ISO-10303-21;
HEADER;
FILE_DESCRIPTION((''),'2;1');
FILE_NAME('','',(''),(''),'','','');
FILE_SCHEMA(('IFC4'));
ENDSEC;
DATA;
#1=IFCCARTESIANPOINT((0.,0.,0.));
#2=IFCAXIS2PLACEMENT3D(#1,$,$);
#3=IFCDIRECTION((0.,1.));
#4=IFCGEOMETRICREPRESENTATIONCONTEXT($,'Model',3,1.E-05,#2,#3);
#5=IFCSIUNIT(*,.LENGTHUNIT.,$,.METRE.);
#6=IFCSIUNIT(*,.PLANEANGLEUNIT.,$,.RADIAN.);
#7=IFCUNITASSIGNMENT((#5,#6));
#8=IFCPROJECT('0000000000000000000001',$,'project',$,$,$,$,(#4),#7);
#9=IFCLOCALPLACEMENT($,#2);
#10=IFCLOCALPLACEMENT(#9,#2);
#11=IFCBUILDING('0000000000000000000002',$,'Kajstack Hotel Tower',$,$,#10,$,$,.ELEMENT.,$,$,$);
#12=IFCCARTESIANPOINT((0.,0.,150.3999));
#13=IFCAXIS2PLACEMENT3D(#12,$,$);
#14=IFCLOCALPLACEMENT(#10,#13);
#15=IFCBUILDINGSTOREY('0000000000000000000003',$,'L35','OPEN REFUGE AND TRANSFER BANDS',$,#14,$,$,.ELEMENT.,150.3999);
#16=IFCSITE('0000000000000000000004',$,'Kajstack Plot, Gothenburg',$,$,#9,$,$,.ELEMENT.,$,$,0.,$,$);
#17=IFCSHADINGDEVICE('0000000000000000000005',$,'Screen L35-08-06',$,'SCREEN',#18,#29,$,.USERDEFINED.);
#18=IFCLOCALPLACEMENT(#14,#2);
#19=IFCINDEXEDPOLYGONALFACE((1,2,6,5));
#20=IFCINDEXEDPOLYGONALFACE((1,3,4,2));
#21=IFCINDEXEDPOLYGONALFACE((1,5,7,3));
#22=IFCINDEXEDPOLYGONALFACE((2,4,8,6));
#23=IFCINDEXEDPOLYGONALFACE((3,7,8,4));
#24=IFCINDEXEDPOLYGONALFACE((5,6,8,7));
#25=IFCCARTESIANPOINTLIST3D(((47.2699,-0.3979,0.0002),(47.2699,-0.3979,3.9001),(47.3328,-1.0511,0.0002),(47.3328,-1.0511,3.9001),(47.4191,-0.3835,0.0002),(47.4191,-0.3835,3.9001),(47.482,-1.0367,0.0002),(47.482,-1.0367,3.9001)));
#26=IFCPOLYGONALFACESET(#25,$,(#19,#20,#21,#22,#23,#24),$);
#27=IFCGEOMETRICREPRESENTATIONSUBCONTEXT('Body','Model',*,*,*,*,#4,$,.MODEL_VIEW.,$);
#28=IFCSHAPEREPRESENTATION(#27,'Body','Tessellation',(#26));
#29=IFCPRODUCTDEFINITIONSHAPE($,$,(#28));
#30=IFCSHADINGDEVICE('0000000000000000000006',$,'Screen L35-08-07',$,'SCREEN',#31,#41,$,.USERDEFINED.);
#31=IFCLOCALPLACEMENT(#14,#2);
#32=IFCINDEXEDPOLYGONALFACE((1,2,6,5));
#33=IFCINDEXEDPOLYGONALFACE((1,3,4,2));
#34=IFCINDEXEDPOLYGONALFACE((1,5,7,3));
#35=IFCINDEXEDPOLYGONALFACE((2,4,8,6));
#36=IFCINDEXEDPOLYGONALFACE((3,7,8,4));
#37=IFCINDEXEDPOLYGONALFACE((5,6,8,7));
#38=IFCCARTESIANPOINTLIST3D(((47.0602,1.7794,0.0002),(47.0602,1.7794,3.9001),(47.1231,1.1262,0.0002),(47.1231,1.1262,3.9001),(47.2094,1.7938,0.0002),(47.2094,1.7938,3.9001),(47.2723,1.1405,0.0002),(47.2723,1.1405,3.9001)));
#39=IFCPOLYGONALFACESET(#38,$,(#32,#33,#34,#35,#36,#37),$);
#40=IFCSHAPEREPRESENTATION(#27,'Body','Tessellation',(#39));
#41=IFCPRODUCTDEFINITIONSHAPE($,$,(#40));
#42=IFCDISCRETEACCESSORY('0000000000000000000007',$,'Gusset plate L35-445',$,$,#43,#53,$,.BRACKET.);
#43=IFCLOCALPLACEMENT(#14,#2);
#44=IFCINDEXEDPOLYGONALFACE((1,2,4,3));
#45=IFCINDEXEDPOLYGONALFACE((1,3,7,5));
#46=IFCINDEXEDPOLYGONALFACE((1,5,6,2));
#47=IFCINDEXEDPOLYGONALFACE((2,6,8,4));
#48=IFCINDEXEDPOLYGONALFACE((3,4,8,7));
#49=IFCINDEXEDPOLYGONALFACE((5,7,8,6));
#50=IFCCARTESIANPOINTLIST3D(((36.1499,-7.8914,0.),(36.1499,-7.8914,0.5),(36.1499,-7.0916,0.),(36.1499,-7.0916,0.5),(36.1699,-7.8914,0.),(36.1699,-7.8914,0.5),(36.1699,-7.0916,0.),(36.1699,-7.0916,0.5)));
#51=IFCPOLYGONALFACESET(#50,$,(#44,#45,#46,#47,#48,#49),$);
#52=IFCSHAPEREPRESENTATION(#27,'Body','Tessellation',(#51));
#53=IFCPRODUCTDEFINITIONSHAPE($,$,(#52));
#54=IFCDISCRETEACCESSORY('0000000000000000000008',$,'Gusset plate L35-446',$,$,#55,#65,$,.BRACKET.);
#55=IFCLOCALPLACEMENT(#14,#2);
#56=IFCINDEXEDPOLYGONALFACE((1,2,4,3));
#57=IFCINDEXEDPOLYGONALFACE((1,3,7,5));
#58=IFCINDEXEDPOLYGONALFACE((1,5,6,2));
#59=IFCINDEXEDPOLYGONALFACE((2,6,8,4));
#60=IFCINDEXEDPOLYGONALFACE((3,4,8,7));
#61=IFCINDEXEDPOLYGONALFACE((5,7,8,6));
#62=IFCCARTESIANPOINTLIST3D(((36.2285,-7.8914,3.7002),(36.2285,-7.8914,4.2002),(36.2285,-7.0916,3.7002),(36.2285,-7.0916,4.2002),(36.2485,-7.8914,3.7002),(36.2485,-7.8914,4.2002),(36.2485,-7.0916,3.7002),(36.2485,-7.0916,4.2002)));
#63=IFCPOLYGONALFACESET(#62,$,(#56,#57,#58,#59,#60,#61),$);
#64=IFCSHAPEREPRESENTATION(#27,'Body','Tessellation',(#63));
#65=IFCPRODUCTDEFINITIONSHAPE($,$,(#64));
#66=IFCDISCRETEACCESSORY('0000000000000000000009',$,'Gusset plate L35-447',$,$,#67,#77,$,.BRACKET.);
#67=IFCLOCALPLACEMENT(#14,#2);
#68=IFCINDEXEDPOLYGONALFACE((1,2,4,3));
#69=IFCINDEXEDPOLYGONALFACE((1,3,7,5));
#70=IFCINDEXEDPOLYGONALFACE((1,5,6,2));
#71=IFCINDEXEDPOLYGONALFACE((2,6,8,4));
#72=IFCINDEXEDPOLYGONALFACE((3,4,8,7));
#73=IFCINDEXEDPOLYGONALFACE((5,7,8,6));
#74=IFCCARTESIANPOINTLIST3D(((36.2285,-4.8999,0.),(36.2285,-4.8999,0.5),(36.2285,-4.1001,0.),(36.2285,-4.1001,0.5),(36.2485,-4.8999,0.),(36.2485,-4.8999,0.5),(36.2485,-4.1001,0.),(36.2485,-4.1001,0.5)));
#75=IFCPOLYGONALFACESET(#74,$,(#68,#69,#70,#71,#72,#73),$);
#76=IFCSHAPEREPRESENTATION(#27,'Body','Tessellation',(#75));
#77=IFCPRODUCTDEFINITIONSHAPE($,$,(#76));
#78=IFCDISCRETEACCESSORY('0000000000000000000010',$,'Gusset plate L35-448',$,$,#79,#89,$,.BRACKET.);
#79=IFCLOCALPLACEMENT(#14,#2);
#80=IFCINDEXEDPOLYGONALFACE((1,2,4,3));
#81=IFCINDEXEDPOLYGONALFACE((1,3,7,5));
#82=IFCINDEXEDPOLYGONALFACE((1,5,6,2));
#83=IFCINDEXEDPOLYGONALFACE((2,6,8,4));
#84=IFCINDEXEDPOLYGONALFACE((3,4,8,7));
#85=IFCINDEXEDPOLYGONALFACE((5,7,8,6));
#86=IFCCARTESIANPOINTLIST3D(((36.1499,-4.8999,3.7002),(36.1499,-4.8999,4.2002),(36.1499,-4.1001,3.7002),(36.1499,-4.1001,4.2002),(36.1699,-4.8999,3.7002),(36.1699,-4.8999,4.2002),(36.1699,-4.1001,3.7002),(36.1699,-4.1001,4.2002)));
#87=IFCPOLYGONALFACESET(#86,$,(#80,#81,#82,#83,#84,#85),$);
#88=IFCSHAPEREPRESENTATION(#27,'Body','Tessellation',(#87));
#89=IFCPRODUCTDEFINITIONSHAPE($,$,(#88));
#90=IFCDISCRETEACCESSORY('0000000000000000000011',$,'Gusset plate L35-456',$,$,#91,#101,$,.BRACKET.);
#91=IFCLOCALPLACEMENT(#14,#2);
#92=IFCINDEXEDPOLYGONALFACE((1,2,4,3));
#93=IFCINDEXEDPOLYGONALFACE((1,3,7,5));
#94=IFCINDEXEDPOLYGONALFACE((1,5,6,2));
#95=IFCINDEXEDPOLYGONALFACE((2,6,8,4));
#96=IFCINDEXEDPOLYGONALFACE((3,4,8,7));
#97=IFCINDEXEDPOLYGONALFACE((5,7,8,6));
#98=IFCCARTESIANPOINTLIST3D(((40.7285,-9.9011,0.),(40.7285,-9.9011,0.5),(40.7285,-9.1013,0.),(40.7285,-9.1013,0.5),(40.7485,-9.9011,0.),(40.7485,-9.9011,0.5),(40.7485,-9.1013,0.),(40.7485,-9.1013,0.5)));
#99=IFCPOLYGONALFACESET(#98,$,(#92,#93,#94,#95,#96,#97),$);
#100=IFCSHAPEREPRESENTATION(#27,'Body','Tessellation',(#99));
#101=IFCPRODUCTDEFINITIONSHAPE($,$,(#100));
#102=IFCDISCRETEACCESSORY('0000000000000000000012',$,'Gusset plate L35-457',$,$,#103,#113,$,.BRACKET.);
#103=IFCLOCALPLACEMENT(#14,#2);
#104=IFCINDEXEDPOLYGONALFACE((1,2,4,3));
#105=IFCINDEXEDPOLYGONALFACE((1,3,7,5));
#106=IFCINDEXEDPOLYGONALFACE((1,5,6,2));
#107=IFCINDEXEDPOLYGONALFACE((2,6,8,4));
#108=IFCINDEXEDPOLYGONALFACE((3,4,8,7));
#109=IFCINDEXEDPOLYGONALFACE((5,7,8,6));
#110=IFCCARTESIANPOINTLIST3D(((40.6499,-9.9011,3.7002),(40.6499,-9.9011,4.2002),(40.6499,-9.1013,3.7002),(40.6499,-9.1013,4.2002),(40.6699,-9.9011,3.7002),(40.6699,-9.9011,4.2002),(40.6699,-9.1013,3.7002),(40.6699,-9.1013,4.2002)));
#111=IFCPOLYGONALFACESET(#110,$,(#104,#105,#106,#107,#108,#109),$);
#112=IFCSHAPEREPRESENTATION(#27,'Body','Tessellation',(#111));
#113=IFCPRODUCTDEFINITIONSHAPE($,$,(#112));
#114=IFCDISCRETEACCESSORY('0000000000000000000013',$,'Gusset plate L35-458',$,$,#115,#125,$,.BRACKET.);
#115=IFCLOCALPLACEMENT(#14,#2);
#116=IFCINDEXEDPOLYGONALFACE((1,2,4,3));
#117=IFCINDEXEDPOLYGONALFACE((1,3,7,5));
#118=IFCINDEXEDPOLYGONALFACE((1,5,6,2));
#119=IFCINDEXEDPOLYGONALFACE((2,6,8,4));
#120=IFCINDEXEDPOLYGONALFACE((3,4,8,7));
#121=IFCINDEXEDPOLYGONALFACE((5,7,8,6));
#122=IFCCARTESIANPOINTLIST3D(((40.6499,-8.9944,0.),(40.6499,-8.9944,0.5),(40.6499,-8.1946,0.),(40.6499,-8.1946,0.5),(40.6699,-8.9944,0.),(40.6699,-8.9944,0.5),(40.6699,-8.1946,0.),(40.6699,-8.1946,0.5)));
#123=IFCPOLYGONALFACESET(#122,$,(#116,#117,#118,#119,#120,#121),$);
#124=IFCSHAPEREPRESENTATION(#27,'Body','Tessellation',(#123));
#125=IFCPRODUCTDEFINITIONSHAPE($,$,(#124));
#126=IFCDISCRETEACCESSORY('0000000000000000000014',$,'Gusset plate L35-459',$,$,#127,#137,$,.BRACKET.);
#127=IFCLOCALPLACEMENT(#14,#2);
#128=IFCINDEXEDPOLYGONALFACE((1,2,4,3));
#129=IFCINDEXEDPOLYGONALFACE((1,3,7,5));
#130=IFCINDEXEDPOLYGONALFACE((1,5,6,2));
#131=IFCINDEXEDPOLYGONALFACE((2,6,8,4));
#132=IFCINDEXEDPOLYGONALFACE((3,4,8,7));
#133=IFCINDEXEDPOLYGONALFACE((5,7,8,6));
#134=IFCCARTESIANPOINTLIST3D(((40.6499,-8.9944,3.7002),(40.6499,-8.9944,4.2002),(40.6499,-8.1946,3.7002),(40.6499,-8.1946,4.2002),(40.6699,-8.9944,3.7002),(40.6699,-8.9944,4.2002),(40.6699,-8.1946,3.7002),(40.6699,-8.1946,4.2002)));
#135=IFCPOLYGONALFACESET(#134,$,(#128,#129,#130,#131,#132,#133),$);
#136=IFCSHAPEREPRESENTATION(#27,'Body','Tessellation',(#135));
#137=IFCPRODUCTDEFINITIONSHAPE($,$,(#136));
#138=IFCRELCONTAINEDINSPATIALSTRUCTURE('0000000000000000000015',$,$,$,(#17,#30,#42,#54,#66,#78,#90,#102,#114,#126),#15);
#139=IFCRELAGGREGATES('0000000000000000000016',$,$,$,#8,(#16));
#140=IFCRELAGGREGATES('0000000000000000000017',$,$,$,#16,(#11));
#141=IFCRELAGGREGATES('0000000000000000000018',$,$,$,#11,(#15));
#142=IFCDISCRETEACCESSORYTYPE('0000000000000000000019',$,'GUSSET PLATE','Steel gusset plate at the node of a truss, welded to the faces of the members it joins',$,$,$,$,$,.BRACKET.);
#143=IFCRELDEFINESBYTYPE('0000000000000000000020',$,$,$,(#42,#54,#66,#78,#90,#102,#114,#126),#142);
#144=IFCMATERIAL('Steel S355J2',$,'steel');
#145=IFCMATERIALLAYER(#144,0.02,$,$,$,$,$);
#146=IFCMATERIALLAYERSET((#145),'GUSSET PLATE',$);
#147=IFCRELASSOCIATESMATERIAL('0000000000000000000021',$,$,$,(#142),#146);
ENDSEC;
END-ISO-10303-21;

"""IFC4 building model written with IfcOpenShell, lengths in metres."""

from ifc_helpers import new_model, si_unit, direction, frame, origin, origin_2d, place, context, subcontext, project, spatial, polyline, rectangle, outline, extrude, material, layer, layer_set, type_object, element, save


model = new_model("IFC4")

# Units and contexts
model_context = context("Model", 3, precision=1e-05, world=origin(), true_north=direction((0.0, 1.0)))
body_context = subcontext(model_context, "Body", "Model", "MODEL_VIEW")
ifc_project = project(units=[si_unit("LENGTHUNIT", "METRE"), si_unit("PLANEANGLEUNIT", "RADIAN")], contexts=[model_context])

# Site, building, storey
site_placement = place(None, origin())
site = spatial("IfcSite", under=ifc_project, at=site_placement, Name="Kajstack Plot, Gothenburg", CompositionType="ELEMENT", RefElevation=0.0)
building_placement = place(site_placement, origin())
building = spatial("IfcBuilding", under=site, at=building_placement, Name="Kajstack Hotel Tower", CompositionType="ELEMENT")
storey_placement = place(building_placement, frame((0.0, 0.0, 150.3999)))
storey = spatial("IfcBuildingStorey", under=building, at=storey_placement, Name="L35", Description="OPEN REFUGE AND TRANSFER BANDS", CompositionType="ELEMENT", Elevation=150.3999)

# Shared definitions
ifc_material = material(Name="Steel S355J2", Category="steel")

# Shading devices
for number, where, z_axis, x_axis, name in (
    (1, (47.376, -0.7173, 0.0002), (0.0, 0.0, 1.0), (-0.095846, 0.995396, 0.0), "Screen L35-08-06"),
    (2, (47.1663, 1.46, 0.0002), (0.0, 0.0, 1.0), (-0.095846, 0.995396, 0.0), "Screen L35-08-07"),
):
    element("IfcShadingDevice", number, at=place(storey_placement, frame(where, z_axis=z_axis, x_axis=x_axis)), inside=storey, Name=name, ObjectType="SCREEN", PredefinedType="USERDEFINED", context=body_context, shape_type="SweptSolid", body=[
        extrude(rectangle(XDim=0.6562, YDim=0.1499, at=origin_2d()), origin(), (0.0, 0.0, 1.0), 3.8999),
    ])

# Discrete accessories
ifc_layer = layer(ifc_material, 0.02)
ifc_layer_set = layer_set([ifc_layer], Name="GUSSET PLATE")
discrete_accessory_type = type_object("IfcDiscreteAccessoryType", Name="GUSSET PLATE", Description="Steel gusset plate at the node of a truss, welded to the faces of the members it joins", PredefinedType="BRACKET", material=ifc_layer_set)
for number, where, z_axis, x_axis, name in (
    (3, (36.1499, -7.4915, 0.0), (1.0, 0.0, 0.0), (0.0, 1.0, 0.0), "Gusset plate L35-445"),
    (4, (36.2285, -7.4915, 3.7002), (1.0, 0.0, 0.0), (0.0, 1.0, 0.0), "Gusset plate L35-446"),
    (5, (36.2285, -4.5, 0.0), (1.0, 0.0, 0.0), (0.0, 1.0, 0.0), "Gusset plate L35-447"),
    (6, (36.1499, -4.5, 3.7002), (1.0, 0.0, 0.0), (0.0, 1.0, 0.0), "Gusset plate L35-448"),
):
    element("IfcDiscreteAccessory", number, at=place(storey_placement, frame(where, z_axis=z_axis, x_axis=x_axis)), inside=storey, type_object=discrete_accessory_type, Name=name, PredefinedType="BRACKET", context=body_context, shape_type="SweptSolid", body=[
        extrude(outline(polyline([(-0.3999, 0.0), (0.3999, 0.0), (0.3999, 0.5), (-0.3999, 0.5), (-0.3999, 0.0)])), origin(), (0.0, 0.0, 1.0), 0.02),
    ])
for number, where, z_axis, x_axis, name in (
    (7, (40.7285, -9.5012, 0.0), (1.0, 0.0, 0.0), (0.0, 1.0, 0.0), "Gusset plate L35-456"),
    (8, (40.6499, -9.5012, 3.7002), (1.0, 0.0, 0.0), (0.0, 1.0, 0.0), "Gusset plate L35-457"),
    (9, (40.6499, -8.5945, 0.0), (1.0, 0.0, 0.0), (0.0, 1.0, 0.0), "Gusset plate L35-458"),
    (10, (40.6499, -8.5945, 3.7002), (1.0, 0.0, 0.0), (0.0, 1.0, 0.0), "Gusset plate L35-459"),
):
    element("IfcDiscreteAccessory", number, at=place(storey_placement, frame(where, z_axis=z_axis, x_axis=x_axis)), inside=storey, type_object=discrete_accessory_type, Name=name, PredefinedType="BRACKET", context=body_context, shape_type="SweptSolid", body=[
        extrude(outline(polyline([(-0.3999, 0.0), (0.3999, 0.0), (0.3999, 0.5), (-0.3999, 0.5), (-0.3999, 0.0)])), origin(), (0.0, 0.0, 1.0), 0.02),
    ])

save(model, "model.ifc")
